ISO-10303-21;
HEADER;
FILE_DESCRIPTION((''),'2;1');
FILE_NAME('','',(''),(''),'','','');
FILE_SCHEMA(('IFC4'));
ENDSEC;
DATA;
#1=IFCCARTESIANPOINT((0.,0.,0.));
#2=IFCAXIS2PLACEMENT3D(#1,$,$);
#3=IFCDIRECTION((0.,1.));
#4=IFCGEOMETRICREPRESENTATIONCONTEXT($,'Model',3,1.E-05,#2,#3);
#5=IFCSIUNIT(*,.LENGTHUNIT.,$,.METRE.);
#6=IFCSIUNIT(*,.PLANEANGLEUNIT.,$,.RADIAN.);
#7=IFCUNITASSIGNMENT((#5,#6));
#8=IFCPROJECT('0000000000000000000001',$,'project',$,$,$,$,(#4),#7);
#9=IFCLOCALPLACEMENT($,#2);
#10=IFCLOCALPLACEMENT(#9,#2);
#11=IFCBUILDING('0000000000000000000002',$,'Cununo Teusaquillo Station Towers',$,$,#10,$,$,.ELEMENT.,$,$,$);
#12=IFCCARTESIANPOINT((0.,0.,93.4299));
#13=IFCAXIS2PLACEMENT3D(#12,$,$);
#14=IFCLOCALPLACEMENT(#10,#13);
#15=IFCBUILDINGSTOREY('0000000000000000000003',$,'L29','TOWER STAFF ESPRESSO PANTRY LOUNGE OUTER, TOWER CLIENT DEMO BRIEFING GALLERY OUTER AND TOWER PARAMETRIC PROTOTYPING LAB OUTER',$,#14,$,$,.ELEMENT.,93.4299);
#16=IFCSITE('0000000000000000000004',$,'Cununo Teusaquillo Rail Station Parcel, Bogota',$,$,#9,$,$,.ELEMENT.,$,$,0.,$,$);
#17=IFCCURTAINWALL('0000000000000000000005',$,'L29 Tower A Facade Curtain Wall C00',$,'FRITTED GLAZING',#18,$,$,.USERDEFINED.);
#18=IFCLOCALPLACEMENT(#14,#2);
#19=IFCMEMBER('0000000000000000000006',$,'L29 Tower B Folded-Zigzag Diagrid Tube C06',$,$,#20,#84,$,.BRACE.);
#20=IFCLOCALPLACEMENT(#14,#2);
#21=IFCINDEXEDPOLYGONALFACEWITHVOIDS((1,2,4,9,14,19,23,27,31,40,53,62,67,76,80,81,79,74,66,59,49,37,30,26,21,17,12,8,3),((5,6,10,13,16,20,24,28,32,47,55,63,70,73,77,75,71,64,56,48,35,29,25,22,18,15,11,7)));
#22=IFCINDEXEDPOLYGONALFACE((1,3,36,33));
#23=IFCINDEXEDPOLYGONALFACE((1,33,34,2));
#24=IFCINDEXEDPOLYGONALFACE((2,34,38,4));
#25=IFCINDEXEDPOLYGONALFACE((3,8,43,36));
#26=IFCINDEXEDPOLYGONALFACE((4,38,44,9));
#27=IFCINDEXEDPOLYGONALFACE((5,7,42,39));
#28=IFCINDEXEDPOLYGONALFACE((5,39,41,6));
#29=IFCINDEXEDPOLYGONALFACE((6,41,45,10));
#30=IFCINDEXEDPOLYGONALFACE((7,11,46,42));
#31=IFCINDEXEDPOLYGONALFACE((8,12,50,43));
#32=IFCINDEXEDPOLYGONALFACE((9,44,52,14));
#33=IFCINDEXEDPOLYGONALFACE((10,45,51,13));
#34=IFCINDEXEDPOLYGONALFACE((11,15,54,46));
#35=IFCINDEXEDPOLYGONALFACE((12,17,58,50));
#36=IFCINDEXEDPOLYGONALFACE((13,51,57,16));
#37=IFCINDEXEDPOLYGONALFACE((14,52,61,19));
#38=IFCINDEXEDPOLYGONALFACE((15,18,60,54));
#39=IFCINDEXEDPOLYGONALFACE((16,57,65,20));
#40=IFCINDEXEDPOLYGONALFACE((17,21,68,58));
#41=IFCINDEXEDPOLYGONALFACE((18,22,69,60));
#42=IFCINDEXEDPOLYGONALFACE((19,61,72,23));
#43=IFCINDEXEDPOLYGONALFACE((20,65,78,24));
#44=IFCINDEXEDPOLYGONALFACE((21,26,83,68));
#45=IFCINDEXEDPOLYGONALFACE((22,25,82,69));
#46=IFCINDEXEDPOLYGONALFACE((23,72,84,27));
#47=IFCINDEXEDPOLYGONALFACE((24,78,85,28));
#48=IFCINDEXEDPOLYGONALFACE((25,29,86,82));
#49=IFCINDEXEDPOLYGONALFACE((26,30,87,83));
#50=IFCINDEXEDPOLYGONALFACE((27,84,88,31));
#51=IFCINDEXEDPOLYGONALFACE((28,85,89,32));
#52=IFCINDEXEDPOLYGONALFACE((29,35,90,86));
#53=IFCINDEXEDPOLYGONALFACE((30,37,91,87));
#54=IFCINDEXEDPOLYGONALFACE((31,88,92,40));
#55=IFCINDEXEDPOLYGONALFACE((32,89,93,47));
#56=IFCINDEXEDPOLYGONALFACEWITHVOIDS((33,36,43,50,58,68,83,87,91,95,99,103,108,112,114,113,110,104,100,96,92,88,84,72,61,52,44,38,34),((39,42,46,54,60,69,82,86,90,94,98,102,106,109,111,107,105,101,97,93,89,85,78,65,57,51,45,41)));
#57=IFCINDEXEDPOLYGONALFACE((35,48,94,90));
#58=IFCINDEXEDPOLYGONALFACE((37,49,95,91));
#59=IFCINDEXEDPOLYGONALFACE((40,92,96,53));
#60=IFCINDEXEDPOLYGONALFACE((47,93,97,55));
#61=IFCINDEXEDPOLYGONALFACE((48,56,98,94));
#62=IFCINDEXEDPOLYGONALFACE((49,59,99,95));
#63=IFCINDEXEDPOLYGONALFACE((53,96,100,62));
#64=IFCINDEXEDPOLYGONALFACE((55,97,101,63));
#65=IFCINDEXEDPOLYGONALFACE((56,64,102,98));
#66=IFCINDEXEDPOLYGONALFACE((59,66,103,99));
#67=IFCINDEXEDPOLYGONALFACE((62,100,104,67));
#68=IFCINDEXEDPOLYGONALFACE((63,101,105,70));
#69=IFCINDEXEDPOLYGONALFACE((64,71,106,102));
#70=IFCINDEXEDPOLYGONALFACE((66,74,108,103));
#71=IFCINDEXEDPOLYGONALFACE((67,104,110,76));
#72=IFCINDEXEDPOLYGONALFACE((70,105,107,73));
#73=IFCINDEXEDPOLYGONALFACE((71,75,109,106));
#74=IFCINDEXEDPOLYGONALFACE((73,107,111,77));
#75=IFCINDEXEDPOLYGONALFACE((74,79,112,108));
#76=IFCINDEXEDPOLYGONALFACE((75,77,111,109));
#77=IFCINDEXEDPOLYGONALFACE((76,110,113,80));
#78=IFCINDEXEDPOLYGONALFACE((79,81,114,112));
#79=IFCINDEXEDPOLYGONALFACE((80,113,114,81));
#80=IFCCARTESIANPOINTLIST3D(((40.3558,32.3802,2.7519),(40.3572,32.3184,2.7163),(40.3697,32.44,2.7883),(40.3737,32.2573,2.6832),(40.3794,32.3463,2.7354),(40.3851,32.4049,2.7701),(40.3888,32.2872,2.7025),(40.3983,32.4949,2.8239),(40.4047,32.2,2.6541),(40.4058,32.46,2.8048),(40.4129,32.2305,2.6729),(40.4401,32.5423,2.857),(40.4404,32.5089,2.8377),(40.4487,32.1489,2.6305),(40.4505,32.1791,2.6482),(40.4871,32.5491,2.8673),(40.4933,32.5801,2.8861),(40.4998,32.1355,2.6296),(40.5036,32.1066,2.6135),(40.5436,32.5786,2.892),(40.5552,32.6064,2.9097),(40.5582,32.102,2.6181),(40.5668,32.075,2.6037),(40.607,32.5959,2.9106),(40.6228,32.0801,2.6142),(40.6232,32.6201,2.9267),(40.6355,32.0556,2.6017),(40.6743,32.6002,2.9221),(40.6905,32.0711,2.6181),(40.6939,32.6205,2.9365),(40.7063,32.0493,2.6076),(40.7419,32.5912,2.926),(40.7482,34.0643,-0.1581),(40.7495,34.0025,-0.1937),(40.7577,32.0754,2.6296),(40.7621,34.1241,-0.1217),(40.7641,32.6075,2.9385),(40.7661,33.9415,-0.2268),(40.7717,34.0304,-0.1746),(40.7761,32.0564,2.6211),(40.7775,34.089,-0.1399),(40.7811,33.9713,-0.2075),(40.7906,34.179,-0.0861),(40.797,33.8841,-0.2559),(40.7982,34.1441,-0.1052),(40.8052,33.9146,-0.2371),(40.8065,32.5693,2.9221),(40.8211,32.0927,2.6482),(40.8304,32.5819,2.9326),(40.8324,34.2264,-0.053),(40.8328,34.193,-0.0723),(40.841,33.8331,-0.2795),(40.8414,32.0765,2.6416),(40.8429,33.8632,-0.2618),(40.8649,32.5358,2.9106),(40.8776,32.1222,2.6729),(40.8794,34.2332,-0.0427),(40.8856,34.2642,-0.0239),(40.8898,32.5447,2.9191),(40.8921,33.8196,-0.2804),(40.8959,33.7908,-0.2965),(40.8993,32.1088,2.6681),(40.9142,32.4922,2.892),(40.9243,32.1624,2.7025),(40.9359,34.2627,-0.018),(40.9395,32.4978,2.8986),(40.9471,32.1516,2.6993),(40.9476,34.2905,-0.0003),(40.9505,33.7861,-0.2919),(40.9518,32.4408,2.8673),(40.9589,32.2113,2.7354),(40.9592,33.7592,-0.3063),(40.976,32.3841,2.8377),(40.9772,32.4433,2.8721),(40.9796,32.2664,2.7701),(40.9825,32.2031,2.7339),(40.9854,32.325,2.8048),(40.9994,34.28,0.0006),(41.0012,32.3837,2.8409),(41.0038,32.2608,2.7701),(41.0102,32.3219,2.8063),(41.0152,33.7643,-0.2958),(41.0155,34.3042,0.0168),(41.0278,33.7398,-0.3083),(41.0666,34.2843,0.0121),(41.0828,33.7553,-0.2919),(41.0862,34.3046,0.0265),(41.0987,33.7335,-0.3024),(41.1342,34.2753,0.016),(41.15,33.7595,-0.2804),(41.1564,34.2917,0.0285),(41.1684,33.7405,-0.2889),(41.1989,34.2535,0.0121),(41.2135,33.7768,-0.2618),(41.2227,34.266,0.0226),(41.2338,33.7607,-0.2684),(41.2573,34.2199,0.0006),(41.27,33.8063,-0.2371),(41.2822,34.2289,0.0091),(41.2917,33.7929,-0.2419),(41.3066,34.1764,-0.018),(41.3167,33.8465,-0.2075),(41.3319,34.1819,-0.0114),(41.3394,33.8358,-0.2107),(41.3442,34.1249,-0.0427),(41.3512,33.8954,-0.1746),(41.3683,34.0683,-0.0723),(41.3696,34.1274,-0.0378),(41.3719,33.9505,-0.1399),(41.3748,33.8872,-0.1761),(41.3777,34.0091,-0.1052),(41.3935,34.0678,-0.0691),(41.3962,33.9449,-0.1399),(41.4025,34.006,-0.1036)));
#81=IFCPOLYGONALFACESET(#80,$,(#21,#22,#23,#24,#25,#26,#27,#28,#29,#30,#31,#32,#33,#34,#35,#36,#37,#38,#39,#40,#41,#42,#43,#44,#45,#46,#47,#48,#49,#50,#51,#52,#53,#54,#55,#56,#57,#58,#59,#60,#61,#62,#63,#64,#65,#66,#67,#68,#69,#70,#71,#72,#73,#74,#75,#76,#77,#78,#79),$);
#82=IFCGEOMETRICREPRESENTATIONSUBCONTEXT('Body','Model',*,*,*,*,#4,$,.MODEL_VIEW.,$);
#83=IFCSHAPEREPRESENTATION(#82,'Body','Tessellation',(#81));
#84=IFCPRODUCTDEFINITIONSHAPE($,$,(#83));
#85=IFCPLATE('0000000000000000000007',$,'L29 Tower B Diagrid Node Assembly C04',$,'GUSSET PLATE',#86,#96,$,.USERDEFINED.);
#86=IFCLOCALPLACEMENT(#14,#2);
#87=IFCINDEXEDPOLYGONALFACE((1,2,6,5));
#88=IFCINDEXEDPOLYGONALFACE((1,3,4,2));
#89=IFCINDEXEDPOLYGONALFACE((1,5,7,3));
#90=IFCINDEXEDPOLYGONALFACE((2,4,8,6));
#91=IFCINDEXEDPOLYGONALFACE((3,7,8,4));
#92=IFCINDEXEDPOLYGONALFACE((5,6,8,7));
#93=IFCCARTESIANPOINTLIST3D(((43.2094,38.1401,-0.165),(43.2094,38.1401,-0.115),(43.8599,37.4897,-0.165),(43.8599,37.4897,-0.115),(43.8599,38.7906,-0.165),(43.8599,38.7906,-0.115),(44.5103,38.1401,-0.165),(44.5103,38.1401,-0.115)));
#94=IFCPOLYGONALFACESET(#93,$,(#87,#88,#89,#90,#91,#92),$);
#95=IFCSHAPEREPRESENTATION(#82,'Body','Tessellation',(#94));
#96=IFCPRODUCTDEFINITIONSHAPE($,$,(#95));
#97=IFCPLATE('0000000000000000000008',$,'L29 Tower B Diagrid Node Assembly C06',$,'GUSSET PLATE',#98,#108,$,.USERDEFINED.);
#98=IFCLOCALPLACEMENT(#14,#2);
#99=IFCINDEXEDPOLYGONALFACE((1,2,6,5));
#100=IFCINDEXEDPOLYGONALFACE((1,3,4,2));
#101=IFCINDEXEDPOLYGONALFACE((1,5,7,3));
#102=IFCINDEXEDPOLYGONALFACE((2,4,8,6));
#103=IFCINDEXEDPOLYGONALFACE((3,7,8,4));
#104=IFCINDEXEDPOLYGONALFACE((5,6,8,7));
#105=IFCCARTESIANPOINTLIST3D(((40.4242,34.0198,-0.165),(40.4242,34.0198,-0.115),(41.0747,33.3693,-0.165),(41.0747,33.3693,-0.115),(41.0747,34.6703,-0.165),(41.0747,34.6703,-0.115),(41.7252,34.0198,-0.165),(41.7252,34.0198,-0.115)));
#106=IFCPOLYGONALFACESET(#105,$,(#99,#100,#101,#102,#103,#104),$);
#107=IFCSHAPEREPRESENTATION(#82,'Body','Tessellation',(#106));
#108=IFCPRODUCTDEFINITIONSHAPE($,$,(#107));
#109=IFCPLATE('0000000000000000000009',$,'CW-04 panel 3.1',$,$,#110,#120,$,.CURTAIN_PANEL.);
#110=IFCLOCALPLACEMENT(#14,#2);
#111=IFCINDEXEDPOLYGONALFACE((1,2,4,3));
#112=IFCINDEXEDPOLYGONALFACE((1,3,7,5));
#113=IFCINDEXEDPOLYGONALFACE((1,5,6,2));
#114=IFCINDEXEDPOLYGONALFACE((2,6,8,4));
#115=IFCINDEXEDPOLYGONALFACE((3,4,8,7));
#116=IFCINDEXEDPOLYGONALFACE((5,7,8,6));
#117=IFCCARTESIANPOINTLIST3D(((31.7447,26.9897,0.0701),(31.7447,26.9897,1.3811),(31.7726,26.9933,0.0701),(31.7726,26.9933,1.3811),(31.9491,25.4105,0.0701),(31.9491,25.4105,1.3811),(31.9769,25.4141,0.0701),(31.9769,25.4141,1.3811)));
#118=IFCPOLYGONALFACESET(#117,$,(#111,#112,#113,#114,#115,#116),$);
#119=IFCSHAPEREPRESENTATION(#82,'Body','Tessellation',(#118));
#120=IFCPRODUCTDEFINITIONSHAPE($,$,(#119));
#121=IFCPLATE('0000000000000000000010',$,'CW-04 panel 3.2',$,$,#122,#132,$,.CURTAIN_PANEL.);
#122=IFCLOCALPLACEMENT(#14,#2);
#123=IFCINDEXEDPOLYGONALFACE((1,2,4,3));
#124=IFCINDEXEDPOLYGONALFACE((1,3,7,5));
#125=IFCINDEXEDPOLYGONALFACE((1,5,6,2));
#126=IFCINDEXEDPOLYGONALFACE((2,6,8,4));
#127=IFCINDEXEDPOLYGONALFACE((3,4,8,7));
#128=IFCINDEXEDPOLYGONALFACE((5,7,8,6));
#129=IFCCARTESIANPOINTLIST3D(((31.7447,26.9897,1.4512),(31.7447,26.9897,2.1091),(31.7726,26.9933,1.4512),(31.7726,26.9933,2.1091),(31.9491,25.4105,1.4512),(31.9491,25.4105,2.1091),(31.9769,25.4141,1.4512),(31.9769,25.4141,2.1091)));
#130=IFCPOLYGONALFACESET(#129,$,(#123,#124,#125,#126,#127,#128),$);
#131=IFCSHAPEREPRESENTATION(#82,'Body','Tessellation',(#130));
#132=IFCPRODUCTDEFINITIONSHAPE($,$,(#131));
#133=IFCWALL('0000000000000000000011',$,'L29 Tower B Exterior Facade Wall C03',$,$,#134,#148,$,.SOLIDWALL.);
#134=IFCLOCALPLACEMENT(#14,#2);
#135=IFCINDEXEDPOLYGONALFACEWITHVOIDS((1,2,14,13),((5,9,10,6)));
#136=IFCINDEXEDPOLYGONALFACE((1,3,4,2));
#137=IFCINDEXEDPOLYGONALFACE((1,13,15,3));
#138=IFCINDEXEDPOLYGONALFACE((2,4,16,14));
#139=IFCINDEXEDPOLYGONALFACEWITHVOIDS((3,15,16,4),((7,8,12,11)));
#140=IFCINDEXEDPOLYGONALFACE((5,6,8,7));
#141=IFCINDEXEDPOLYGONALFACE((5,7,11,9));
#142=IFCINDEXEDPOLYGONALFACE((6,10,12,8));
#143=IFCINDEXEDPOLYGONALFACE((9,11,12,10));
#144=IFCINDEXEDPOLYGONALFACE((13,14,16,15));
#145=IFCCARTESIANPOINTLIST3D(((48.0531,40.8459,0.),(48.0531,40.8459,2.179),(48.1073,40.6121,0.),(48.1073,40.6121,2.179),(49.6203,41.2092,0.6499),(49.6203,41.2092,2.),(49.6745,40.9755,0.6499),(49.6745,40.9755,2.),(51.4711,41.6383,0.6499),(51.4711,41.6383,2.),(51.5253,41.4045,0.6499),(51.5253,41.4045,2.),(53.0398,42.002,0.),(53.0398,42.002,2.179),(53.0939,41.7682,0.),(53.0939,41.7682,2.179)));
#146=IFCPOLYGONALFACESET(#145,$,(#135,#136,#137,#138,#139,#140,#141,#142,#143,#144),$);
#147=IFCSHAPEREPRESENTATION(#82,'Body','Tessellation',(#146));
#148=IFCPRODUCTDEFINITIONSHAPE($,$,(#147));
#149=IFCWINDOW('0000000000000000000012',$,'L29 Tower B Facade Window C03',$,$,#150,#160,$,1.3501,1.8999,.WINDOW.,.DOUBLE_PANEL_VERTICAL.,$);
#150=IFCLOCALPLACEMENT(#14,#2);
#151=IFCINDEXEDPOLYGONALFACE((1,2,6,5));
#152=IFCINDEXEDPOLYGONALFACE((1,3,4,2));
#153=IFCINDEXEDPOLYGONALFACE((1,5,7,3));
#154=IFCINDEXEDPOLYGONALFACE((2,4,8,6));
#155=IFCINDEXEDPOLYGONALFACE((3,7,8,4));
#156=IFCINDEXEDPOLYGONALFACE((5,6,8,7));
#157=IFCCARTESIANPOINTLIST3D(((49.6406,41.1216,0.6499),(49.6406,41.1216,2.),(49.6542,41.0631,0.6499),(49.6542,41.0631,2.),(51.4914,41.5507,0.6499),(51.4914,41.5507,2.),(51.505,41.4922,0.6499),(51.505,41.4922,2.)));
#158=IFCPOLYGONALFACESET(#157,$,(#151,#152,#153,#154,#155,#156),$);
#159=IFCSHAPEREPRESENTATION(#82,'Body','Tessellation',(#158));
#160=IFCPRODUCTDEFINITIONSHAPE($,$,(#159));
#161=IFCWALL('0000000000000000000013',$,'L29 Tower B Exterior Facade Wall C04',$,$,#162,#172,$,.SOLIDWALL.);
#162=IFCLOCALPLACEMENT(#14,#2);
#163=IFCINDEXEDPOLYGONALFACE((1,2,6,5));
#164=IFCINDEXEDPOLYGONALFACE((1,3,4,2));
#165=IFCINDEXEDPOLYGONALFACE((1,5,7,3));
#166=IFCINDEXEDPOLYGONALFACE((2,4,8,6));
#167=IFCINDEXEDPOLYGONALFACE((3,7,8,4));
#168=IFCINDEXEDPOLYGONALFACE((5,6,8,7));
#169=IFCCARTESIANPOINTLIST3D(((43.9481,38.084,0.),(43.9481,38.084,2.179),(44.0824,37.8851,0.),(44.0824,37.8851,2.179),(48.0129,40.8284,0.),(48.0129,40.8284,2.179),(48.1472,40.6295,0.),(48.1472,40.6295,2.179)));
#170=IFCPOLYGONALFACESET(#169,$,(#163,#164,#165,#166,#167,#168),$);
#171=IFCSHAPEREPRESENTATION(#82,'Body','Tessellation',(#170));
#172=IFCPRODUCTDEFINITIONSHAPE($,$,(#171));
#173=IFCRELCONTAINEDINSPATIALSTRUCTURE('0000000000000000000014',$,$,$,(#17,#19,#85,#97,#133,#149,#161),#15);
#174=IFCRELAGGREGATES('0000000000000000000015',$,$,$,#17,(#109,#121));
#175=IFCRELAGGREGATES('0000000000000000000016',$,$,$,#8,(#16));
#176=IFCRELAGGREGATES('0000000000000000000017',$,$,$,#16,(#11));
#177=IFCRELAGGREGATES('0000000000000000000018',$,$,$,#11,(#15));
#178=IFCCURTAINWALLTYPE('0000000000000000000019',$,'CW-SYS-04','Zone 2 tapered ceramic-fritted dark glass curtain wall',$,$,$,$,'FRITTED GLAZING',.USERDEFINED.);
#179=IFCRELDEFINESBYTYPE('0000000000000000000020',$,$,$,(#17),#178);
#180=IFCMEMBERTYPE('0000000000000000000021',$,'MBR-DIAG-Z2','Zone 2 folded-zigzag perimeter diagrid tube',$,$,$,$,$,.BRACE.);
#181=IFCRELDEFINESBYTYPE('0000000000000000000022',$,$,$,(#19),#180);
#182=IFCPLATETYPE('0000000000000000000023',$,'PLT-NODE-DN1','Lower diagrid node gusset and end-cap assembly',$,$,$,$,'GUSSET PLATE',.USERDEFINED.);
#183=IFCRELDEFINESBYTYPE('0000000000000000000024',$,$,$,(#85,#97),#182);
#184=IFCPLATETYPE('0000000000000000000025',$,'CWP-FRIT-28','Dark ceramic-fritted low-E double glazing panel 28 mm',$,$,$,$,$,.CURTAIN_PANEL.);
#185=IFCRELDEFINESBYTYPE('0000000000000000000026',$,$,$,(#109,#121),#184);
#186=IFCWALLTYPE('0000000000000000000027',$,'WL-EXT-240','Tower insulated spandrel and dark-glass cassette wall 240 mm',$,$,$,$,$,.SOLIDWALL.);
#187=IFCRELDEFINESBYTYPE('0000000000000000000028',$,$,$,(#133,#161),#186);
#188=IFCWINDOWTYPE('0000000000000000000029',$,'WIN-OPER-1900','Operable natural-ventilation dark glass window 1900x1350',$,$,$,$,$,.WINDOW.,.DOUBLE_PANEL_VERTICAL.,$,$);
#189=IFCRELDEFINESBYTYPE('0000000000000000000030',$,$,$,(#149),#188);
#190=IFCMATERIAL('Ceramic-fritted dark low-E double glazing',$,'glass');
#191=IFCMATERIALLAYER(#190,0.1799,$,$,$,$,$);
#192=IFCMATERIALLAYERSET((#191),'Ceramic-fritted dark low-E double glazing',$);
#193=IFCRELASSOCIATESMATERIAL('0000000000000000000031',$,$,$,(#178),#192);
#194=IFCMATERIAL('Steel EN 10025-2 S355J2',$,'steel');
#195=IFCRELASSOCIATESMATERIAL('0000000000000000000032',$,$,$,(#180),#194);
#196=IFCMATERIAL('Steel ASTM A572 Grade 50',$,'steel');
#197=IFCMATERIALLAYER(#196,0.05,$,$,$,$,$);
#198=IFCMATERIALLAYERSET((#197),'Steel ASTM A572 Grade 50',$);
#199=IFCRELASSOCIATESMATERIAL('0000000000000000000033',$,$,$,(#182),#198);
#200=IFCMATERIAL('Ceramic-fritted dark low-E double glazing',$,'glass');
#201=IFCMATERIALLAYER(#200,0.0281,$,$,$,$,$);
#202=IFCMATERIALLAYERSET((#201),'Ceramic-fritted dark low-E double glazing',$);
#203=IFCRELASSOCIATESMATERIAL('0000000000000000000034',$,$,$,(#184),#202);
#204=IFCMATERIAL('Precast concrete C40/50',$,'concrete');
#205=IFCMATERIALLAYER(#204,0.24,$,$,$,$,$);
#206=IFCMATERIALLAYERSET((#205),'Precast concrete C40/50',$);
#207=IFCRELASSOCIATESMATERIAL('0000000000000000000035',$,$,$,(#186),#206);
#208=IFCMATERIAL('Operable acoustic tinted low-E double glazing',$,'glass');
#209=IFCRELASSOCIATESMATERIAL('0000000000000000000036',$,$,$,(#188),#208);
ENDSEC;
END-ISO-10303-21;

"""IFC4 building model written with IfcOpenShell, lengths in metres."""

from ifc_helpers import new_model, si_unit, direction, frame, frame_2d, origin, origin_2d, place, context, subcontext, project, spatial, rectangle, hollow_circle, extrude, source, transform, mapped, material, layer, layer_set, material_profile, profile_set, type_object, element, fill, aggregate, save


model = new_model("IFC4")

# Units and contexts
model_context = context("Model", 3, precision=1e-05, world=origin(), true_north=direction((0.0, 1.0)))
body_context = subcontext(model_context, "Body", "Model", "MODEL_VIEW")
ifc_project = project(units=[si_unit("LENGTHUNIT", "METRE"), si_unit("PLANEANGLEUNIT", "RADIAN")], contexts=[model_context])

# Site, building, storey
site_placement = place(None, origin())
site = spatial("IfcSite", under=ifc_project, at=site_placement, Name="Cununo Teusaquillo Rail Station Parcel, Bogota", CompositionType="ELEMENT", RefElevation=0.0)
building_placement = place(site_placement, origin())
building = spatial("IfcBuilding", under=site, at=building_placement, Name="Cununo Teusaquillo Station Towers", CompositionType="ELEMENT")
storey_placement = place(building_placement, frame((0.0, 0.0, 93.4299)))
storey = spatial("IfcBuildingStorey", under=building, at=storey_placement, Name="L29", Description="TOWER STAFF ESPRESSO PANTRY LOUNGE OUTER, TOWER CLIENT DEMO BRIEFING GALLERY OUTER AND TOWER PARAMETRIC PROTOTYPING LAB OUTER", CompositionType="ELEMENT", Elevation=93.4299)

# Curtain wall
ifc_material_1 = material(Name="Ceramic-fritted dark low-E double glazing", Category="glass")
ifc_layer_1 = layer(ifc_material_1, 0.1799)
ifc_layer_set_1 = layer_set([ifc_layer_1], Name="Ceramic-fritted dark low-E double glazing")
curtain_wall_type = type_object("IfcCurtainWallType", Name="CW-SYS-04", Description="Zone 2 tapered ceramic-fritted dark glass curtain wall", ElementType="FRITTED GLAZING", PredefinedType="USERDEFINED", material=ifc_layer_set_1)
curtain_wall_placement = place(storey_placement, origin())
curtain_wall = element("IfcCurtainWall", 1, at=curtain_wall_placement, inside=storey, type_object=curtain_wall_type, Name="L29 Tower A Facade Curtain Wall C00", ObjectType="FRITTED GLAZING", PredefinedType="USERDEFINED")

# Member
ifc_material_2 = material(Name="Steel EN 10025-2 S355J2", Category="steel")
ifc_material_profile_1 = material_profile(ifc_material_2, hollow_circle(Radius=0.3301, WallThickness=0.0249, at=origin_2d()), Name="CHS 660x25")
ifc_profile_set_1 = profile_set([ifc_material_profile_1], Name="Steel EN 10025-2 S355J2")
member_type_1 = type_object("IfcMemberType", Name="MBR-DIAG-Z2", Description="Zone 2 folded-zigzag perimeter diagrid tube", PredefinedType="BRACE", material=ifc_profile_set_1)
member_1_placement = place(storey_placement, frame((41.0747, 34.0198, -0.1399), z_axis=(-0.115907, -0.497526, 0.859671), x_axis=(0.97392, -0.22689, 0.0)))
element("IfcMember", 2, at=member_1_placement, inside=storey, type_object=member_type_1, Name="L29 Tower B Folded-Zigzag Diagrid Tube C06", PredefinedType="BRACE", context=body_context, shape_type="SweptSolid", body=[
    extrude(hollow_circle(Radius=0.3301, WallThickness=0.0249, at=origin_2d()), origin(), (0.0, 0.0, 1.0), 3.385),
])

# Plates
ifc_material_3 = material(Name="Steel ASTM A572 Grade 50", Category="steel")
ifc_layer_2 = layer(ifc_material_3, 0.05)
ifc_layer_set_2 = layer_set([ifc_layer_2], Name="Steel ASTM A572 Grade 50")
plate_type_1 = type_object("IfcPlateType", Name="PLT-NODE-DN1", Description="Lower diagrid node gusset and end-cap assembly", ElementType="GUSSET PLATE", PredefinedType="USERDEFINED", material=ifc_layer_set_2)
shared_shape_1 = source(origin(), body_context, "Body", "SweptSolid", [
    extrude(rectangle(XDim=0.9199, YDim=0.9199, at=origin_2d()), origin(), (0.0, 0.0, 1.0), 0.05),
])
for number, where, z_axis, x_axis, name in (
    (3, (43.8599, 38.1401, -0.165), (0.0, 0.0, 1.0), (0.707107, 0.707107, 0.0), "L29 Tower B Diagrid Node Assembly C04"),
    (4, (41.0747, 34.0198, -0.165), (0.0, 0.0, 1.0), (0.707107, 0.707107, 0.0), "L29 Tower B Diagrid Node Assembly C06"),
):
    element("IfcPlate", number, at=place(storey_placement, frame(where, z_axis=z_axis, x_axis=x_axis)), inside=storey, type_object=plate_type_1, Name=name, ObjectType="GUSSET PLATE", PredefinedType="USERDEFINED", context=body_context, shape_type="MappedRepresentation", body=[
        mapped(shared_shape_1, transform((0.0, 0.0, 0.0), x_axis=(1.0, 0.0, 0.0), y_axis=(0.0, 1.0, 0.0), z_axis=(0.0, 0.0, 1.0), scale=1.0)),
    ])

# Plates
ifc_material_4 = material(Name="Ceramic-fritted dark low-E double glazing", Category="glass")
ifc_layer_3 = layer(ifc_material_4, 0.0281)
ifc_layer_set_3 = layer_set([ifc_layer_3], Name="Ceramic-fritted dark low-E double glazing")
plate_type_2 = type_object("IfcPlateType", Name="CWP-FRIT-28", Description="Dark ceramic-fritted low-E double glazing panel 28 mm", PredefinedType="CURTAIN_PANEL", material=ifc_layer_set_3)
shared_shape_2 = source(origin(), body_context, "Body", "SweptSolid", [
    extrude(rectangle(XDim=1.5923, YDim=0.0281, at=origin_2d()), origin(), (0.0, 0.0, 1.0), 1.311),
])
plate_1_placement = place(storey_placement, frame((31.8608, 26.2019, 0.0701), z_axis=(0.0, 0.0, 1.0), x_axis=(0.128336, -0.991731, 0.0)))
plate_1 = element("IfcPlate", 5, at=plate_1_placement, type_object=plate_type_2, Name="CW-04 panel 3.1", PredefinedType="CURTAIN_PANEL", context=body_context, shape_type="MappedRepresentation", body=[
    mapped(shared_shape_2, transform((0.0, 0.0, 0.0), x_axis=(1.0, 0.0, 0.0), y_axis=(0.0, 1.0, 0.0), z_axis=(0.0, 0.0, 1.0), scale=1.0)),
])
shared_shape_3 = source(origin(), body_context, "Body", "SweptSolid", [
    extrude(rectangle(XDim=1.5923, YDim=0.0281, at=origin_2d()), origin(), (0.0, 0.0, 1.0), 0.658),
])
plate_2_placement = place(storey_placement, frame((31.8608, 26.2019, 1.4512), z_axis=(0.0, 0.0, 1.0), x_axis=(0.128336, -0.991731, 0.0)))
plate_2 = element("IfcPlate", 6, at=plate_2_placement, type_object=plate_type_2, Name="CW-04 panel 3.2", PredefinedType="CURTAIN_PANEL", context=body_context, shape_type="MappedRepresentation", body=[
    mapped(shared_shape_3, transform((0.0, 0.0, 0.0), x_axis=(1.0, 0.0, 0.0), y_axis=(0.0, 1.0, 0.0), z_axis=(0.0, 0.0, 1.0), scale=1.0)),
])
aggregate(curtain_wall, [plate_1, plate_2])

# Wall, opening, window
ifc_material_5 = material(Name="Precast concrete C40/50", Category="concrete")
ifc_layer_4 = layer(ifc_material_5, 0.24)
ifc_layer_set_4 = layer_set([ifc_layer_4], Name="Precast concrete C40/50")
wall_type_1 = type_object("IfcWallType", Name="WL-EXT-240", Description="Tower insulated spandrel and dark-glass cassette wall 240 mm", PredefinedType="SOLIDWALL", material=ifc_layer_set_4)
wall_1_placement = place(storey_placement, frame((48.0801, 40.729, 0.0), z_axis=(0.0, 0.0, 1.0), x_axis=(0.974166, 0.225835, 0.0)))
wall_1 = element("IfcWall", 7, at=wall_1_placement, inside=storey, type_object=wall_type_1, Name="L29 Tower B Exterior Facade Wall C03", PredefinedType="SOLIDWALL", context=body_context, shape_type="SweptSolid", body=[
    extrude(rectangle(XDim=5.1189, YDim=0.24, at=frame_2d((2.5596, 0.0))), origin(), (0.0, 0.0, 1.0), 2.179),
])
shared_shape_4 = source(origin(), body_context, "Body", "SweptSolid", [
    extrude(rectangle(XDim=1.8999, YDim=1.3501, at=frame_2d((0.95, 0.675))), frame((0.0, 0.1299, 0.0), z_axis=(0.0, -1.0, 0.0), x_axis=(1.0, 0.0, 0.0)), (0.0, 0.0, 1.0), 0.26),
])
opening_1_placement = place(wall_1_placement, frame((1.6089, 0.0, 0.6499)))
opening_1 = element("IfcOpeningElement", 8, at=opening_1_placement, cuts=wall_1, PredefinedType="OPENING", context=body_context, shape_type="MappedRepresentation", body=[
    mapped(shared_shape_4, transform((0.0, 0.0, 0.0), x_axis=(1.0, 0.0, 0.0), y_axis=(0.0, 1.0, 0.0), z_axis=(0.0, 0.0, 1.0), scale=1.0)),
])
ifc_material_6 = material(Name="Operable acoustic tinted low-E double glazing", Category="glass")
window_type = type_object("IfcWindowType", Name="WIN-OPER-1900", Description="Operable natural-ventilation dark glass window 1900x1350", PartitioningType="DOUBLE_PANEL_VERTICAL", PredefinedType="WINDOW", material=ifc_material_6)
shared_shape_5 = source(origin(), body_context, "Body", "SweptSolid", [
    extrude(rectangle(XDim=1.8999, YDim=1.3501, at=frame_2d((0.95, 0.675))), frame((0.0, 0.03, 0.0), z_axis=(0.0, -1.0, 0.0), x_axis=(1.0, 0.0, 0.0)), (0.0, 0.0, 1.0), 0.0601),
])
window_1_placement = place(opening_1_placement, origin())
window_1 = element("IfcWindow", 9, at=window_1_placement, inside=storey, type_object=window_type, Name="L29 Tower B Facade Window C03", OverallHeight=1.3501, OverallWidth=1.8999, PartitioningType="DOUBLE_PANEL_VERTICAL", PredefinedType="WINDOW", context=body_context, shape_type="MappedRepresentation", body=[
    mapped(shared_shape_5, transform((0.0, 0.0, 0.0), x_axis=(1.0, 0.0, 0.0), y_axis=(0.0, 1.0, 0.0), z_axis=(0.0, 0.0, 1.0), scale=1.0)),
])
fill(opening_1, window_1)

# Wall
wall_2_placement = place(storey_placement, frame((44.0154, 37.9846, 0.0), z_axis=(0.0, 0.0, 1.0), x_axis=(0.828781, 0.559573, 0.0)))
element("IfcWall", 10, at=wall_2_placement, inside=storey, type_object=wall_type_1, Name="L29 Tower B Exterior Facade Wall C04", PredefinedType="SOLIDWALL", context=body_context, shape_type="SweptSolid", body=[
    extrude(rectangle(XDim=4.9045, YDim=0.24, at=frame_2d((2.4521, 0.0))), origin(), (0.0, 0.0, 1.0), 2.179),
])

save(model, "model.ifc")
